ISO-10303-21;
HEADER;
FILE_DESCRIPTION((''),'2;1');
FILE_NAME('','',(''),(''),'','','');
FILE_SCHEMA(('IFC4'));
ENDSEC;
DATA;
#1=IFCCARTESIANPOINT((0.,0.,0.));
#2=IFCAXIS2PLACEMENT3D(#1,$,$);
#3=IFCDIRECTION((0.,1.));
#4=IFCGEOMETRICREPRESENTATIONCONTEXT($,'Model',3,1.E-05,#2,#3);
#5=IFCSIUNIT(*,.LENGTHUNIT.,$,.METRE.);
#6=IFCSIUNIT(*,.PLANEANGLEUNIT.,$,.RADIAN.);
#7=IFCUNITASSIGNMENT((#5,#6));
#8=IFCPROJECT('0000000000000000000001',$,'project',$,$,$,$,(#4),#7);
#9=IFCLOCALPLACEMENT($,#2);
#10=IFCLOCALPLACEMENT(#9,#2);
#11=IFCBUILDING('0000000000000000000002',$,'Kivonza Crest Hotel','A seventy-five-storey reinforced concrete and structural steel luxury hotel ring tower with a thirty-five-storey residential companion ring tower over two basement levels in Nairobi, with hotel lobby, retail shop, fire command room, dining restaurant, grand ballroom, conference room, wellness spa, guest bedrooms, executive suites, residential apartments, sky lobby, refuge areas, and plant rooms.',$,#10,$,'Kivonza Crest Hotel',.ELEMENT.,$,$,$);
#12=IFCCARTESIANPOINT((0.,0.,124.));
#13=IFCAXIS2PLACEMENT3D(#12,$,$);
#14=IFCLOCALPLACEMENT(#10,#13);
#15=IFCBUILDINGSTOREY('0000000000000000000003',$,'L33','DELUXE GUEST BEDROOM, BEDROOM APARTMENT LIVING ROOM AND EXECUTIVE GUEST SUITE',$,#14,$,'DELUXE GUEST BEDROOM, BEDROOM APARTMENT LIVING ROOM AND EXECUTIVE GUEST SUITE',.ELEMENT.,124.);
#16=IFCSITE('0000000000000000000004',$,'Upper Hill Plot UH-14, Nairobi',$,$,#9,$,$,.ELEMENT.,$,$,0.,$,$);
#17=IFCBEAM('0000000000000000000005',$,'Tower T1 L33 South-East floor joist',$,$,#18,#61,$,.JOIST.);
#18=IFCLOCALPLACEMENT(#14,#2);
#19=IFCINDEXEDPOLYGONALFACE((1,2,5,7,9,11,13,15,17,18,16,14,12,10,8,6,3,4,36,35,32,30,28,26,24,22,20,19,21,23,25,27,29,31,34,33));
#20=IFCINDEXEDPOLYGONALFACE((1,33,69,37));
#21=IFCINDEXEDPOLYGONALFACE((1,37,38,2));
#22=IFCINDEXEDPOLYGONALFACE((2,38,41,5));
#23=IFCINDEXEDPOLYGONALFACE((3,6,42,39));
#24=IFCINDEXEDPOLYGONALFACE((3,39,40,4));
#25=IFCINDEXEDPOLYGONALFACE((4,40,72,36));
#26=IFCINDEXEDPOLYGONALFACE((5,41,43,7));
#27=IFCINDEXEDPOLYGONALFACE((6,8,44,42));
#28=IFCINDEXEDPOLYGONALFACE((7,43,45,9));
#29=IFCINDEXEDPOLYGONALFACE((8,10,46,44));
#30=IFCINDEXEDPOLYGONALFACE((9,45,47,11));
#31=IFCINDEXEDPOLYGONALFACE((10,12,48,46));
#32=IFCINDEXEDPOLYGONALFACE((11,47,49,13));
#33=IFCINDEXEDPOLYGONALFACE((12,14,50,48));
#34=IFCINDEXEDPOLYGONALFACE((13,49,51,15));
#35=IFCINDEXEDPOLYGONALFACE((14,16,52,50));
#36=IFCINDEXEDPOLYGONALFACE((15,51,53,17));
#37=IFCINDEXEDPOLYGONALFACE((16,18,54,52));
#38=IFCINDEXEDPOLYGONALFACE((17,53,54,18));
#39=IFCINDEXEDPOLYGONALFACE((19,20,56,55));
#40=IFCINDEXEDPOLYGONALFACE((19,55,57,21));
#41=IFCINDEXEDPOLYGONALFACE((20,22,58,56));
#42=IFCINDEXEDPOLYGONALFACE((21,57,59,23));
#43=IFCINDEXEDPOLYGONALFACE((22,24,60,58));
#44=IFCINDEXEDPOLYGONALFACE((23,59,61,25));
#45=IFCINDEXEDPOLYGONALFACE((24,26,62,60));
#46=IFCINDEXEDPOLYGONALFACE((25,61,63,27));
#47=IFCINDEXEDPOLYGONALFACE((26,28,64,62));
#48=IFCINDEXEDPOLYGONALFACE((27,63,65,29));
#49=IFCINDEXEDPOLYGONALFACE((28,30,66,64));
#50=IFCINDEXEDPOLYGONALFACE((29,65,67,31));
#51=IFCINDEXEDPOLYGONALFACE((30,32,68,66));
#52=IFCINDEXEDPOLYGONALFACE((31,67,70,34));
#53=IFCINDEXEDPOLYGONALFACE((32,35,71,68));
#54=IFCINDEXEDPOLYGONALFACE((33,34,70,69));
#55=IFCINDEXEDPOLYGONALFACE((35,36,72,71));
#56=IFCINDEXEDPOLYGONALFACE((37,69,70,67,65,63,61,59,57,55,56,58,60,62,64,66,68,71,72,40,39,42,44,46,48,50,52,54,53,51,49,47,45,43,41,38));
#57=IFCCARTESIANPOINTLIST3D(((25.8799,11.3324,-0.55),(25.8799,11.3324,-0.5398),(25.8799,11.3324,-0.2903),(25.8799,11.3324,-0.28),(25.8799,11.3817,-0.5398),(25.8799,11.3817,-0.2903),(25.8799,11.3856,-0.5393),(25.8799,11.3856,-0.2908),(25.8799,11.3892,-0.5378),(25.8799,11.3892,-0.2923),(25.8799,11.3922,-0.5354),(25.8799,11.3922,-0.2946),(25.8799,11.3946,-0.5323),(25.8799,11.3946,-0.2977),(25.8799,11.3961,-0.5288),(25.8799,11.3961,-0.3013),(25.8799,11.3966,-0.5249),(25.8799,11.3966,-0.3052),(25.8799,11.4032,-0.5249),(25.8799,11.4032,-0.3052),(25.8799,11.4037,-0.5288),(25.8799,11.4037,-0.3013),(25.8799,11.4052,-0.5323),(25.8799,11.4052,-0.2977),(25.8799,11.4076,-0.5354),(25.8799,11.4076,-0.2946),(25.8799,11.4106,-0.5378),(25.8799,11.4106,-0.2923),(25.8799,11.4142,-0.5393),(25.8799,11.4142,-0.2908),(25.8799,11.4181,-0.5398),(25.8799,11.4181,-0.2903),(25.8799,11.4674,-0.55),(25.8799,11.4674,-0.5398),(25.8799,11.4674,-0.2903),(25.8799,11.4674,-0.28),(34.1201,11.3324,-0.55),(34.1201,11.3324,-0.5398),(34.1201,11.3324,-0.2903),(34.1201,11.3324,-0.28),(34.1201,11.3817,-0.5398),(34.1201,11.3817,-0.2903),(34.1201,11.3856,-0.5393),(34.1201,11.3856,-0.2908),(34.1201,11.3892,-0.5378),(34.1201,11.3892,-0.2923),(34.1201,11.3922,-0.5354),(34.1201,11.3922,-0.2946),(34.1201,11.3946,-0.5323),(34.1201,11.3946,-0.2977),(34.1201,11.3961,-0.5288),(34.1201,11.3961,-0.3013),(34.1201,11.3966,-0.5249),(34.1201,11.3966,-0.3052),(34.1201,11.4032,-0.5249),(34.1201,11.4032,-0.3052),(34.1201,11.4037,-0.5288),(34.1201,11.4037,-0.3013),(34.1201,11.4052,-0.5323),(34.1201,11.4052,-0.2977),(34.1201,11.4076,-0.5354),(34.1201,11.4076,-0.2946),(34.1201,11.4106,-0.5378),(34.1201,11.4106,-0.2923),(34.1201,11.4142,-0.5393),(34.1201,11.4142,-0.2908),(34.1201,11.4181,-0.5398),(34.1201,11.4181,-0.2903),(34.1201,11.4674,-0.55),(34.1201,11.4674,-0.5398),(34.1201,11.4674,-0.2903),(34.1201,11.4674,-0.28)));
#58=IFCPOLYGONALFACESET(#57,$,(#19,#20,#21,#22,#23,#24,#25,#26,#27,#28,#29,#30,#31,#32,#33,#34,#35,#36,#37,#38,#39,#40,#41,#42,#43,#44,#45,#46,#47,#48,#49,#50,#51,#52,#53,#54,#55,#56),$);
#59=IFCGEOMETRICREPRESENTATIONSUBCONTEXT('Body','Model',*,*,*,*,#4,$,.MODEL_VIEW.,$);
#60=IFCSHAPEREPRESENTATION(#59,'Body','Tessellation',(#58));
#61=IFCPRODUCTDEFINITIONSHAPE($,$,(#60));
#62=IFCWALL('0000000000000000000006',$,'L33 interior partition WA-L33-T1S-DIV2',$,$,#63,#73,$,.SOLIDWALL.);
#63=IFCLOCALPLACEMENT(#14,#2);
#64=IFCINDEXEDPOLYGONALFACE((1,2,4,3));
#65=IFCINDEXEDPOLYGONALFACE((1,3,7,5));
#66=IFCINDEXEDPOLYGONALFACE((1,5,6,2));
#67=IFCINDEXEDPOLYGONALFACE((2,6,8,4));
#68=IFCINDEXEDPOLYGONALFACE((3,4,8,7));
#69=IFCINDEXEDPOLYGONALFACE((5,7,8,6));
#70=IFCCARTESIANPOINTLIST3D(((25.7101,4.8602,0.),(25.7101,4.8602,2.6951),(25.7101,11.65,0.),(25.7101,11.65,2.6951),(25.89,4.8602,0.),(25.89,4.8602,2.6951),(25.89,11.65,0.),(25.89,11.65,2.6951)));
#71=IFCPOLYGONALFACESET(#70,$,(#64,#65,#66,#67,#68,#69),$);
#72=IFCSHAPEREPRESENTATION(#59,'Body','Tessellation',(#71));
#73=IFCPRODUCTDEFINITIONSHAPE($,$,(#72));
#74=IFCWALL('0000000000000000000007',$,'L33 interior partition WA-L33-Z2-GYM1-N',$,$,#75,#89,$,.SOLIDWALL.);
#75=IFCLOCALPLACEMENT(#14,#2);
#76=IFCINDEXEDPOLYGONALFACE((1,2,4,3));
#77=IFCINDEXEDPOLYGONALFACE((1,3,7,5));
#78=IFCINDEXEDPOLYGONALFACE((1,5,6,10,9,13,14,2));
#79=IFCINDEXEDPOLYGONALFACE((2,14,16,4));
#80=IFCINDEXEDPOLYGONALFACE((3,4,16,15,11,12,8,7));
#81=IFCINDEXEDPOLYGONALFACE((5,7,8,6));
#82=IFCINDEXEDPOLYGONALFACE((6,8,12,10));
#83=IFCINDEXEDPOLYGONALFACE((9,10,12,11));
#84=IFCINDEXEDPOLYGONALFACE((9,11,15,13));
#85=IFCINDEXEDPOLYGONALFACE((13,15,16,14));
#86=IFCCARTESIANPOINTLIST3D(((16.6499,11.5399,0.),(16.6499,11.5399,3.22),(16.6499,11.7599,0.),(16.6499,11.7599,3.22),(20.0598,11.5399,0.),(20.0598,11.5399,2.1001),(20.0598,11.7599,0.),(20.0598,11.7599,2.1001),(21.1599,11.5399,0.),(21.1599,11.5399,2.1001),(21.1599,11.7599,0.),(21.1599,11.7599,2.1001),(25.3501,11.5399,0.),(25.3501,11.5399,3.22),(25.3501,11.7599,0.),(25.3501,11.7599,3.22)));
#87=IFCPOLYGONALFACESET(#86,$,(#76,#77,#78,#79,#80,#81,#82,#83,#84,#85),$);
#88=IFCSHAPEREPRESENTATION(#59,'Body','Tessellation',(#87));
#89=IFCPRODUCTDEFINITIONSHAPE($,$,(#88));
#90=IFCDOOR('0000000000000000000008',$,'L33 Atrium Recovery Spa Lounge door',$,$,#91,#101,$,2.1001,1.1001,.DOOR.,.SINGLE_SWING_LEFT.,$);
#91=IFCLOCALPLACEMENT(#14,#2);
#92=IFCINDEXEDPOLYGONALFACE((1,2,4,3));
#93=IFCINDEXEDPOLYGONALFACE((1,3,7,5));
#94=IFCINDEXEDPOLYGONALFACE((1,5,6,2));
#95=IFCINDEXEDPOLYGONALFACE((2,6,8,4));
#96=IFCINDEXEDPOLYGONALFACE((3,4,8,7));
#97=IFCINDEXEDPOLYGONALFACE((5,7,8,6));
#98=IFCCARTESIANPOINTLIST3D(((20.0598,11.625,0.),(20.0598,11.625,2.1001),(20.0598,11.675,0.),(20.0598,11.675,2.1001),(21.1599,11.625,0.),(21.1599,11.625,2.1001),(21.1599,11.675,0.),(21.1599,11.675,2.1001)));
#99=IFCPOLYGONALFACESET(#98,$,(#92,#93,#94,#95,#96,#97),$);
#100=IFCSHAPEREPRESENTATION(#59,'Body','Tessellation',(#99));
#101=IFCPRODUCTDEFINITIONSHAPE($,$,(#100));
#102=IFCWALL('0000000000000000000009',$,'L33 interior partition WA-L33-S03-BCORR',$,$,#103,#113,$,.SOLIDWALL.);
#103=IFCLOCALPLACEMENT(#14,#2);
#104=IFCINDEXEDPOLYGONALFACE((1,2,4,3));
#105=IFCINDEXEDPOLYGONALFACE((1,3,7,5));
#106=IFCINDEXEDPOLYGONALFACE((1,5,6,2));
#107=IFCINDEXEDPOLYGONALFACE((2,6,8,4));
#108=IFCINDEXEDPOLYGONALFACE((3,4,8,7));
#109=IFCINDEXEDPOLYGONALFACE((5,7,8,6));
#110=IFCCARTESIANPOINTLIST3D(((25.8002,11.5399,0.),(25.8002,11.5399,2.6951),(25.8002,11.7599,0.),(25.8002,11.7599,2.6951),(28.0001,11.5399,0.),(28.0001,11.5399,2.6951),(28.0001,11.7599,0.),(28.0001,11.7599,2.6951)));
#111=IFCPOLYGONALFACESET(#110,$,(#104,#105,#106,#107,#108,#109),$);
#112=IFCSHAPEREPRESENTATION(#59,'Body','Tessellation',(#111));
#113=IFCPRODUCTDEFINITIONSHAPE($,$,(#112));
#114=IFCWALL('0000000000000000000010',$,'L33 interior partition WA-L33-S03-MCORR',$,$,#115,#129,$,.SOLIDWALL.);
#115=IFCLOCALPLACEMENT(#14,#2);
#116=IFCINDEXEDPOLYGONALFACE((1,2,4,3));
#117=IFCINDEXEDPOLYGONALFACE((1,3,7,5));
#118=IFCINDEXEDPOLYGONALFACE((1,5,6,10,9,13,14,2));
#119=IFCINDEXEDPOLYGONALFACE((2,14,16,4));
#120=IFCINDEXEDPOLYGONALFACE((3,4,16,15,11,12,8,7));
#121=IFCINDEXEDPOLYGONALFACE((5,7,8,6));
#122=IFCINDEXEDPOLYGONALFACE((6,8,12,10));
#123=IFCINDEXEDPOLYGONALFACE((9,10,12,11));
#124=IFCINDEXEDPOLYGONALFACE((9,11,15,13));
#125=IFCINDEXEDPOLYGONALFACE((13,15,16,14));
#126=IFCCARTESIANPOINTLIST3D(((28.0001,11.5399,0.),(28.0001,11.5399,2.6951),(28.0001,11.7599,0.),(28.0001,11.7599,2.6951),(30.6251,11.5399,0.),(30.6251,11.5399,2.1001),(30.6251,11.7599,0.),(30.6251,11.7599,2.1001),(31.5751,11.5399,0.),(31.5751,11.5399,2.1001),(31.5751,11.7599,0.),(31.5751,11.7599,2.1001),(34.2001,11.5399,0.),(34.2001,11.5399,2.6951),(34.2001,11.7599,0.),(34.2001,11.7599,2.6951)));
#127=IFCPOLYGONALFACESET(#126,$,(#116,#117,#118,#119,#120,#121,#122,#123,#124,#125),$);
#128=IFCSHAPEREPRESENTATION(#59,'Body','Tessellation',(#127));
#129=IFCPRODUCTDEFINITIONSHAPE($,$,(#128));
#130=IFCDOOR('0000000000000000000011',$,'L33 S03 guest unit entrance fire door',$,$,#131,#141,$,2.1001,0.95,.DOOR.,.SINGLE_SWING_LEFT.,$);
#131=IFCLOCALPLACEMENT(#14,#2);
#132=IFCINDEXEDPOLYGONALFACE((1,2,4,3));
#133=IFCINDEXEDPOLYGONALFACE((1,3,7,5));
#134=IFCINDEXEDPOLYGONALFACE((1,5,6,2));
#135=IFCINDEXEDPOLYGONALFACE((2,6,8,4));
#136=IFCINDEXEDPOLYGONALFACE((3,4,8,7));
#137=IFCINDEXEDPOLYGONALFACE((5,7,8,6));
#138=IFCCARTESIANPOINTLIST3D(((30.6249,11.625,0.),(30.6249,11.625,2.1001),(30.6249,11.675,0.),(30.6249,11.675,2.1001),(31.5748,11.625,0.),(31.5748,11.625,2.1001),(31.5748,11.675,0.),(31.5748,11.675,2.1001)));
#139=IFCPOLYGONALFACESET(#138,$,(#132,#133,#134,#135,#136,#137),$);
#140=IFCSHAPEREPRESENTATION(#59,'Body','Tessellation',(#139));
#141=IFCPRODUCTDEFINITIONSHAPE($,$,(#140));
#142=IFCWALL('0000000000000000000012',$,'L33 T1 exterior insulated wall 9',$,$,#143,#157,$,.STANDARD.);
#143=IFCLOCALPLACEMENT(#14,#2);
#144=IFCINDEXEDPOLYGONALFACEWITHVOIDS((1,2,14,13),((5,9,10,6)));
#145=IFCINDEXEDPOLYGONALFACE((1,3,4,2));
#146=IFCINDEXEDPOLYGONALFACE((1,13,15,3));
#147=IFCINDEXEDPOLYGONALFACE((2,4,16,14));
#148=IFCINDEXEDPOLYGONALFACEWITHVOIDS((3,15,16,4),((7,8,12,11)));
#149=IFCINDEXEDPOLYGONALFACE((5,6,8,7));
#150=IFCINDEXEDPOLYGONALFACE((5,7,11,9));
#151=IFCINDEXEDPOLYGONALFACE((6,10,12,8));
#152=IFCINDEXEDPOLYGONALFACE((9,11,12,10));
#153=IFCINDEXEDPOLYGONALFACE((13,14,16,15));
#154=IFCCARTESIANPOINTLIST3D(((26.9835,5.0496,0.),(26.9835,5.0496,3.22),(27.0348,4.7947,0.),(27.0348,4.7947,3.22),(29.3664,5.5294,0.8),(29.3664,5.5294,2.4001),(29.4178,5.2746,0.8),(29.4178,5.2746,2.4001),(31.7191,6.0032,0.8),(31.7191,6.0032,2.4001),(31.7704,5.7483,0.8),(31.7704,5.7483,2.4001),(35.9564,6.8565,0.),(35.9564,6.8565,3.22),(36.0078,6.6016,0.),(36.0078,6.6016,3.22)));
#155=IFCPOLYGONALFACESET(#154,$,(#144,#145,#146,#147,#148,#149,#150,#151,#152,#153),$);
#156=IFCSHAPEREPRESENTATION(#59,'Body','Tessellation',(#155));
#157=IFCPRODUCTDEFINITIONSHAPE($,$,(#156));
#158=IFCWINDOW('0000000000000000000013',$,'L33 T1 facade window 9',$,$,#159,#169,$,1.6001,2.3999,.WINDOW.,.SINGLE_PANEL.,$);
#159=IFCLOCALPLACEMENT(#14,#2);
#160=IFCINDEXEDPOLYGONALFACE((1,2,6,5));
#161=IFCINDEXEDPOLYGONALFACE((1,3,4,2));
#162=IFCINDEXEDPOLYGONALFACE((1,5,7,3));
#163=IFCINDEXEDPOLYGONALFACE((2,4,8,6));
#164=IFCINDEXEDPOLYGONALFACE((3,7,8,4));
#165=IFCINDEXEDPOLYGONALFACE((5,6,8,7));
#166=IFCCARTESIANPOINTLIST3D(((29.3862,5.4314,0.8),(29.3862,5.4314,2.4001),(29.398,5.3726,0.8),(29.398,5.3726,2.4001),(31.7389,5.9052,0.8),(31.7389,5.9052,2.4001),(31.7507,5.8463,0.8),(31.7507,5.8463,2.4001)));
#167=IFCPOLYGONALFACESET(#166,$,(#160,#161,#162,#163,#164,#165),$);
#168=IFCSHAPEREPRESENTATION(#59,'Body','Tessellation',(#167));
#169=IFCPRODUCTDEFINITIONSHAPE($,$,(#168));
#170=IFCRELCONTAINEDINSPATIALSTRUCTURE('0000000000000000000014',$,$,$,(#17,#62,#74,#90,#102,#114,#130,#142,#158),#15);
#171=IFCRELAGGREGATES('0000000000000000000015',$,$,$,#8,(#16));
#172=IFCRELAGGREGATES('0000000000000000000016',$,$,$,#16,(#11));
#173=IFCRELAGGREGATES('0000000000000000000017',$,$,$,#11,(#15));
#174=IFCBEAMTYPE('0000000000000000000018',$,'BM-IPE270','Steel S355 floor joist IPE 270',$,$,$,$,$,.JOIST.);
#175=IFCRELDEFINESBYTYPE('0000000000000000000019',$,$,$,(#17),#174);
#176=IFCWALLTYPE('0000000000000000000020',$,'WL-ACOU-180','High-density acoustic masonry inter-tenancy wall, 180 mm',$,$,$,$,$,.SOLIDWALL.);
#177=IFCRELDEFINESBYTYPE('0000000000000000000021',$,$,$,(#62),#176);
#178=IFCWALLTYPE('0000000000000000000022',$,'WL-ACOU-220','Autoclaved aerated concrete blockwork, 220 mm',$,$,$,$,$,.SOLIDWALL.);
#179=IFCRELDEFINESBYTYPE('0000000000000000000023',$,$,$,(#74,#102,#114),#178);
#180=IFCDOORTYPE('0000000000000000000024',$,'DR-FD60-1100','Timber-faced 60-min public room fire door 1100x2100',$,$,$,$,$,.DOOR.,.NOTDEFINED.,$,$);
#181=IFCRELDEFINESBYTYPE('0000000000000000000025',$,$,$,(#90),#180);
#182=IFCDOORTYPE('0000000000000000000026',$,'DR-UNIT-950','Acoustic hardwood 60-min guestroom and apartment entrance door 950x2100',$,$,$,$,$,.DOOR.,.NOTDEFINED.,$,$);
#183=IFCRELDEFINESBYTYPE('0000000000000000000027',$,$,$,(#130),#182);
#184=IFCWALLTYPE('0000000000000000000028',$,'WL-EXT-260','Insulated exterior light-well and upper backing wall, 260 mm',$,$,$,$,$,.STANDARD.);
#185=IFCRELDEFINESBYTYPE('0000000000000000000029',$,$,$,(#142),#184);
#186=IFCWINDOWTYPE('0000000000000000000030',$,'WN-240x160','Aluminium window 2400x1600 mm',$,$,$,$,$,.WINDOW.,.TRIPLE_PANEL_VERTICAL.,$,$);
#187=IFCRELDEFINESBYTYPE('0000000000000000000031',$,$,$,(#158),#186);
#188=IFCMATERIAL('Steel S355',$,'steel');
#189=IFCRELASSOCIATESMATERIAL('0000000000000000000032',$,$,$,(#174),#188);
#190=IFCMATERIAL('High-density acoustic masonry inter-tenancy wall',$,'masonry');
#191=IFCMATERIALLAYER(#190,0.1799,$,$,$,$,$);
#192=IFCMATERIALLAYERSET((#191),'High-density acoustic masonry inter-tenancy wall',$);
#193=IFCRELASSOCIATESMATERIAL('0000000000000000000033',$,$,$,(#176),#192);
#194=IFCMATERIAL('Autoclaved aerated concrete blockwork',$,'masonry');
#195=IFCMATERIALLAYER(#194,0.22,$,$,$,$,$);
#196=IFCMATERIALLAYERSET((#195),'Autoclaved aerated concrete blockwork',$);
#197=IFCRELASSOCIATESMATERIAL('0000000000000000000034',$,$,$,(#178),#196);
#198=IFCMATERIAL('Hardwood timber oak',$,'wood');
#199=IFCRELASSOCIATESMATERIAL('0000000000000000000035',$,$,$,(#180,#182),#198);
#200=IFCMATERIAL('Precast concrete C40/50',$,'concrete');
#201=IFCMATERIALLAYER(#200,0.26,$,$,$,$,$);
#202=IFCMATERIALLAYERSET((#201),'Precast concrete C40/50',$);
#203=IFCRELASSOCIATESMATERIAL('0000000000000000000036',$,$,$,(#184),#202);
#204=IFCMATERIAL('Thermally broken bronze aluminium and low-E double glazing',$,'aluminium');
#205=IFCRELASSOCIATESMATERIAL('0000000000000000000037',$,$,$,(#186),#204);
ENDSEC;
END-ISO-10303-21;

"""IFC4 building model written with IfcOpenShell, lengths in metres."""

from ifc_helpers import new_model, si_unit, direction, frame, frame_2d, origin, origin_2d, place, context, subcontext, project, spatial, rectangle, i_section, extrude, material, layer, layer_set, material_profile, profile_set, type_object, element, fill, save


model = new_model("IFC4")

# Units and contexts
model_context = context("Model", 3, precision=1e-05, world=origin(), true_north=direction((0.0, 1.0)))
body_context = subcontext(model_context, "Body", "Model", "MODEL_VIEW")
ifc_project = project(units=[si_unit("LENGTHUNIT", "METRE"), si_unit("PLANEANGLEUNIT", "RADIAN")], contexts=[model_context])

# Site, building, storey
site_placement = place(None, origin())
site = spatial("IfcSite", under=ifc_project, at=site_placement, Name="Upper Hill Plot UH-14, Nairobi", CompositionType="ELEMENT", RefElevation=0.0)
building_placement = place(site_placement, origin())
building = spatial("IfcBuilding", under=site, at=building_placement, Name="Kivonza Crest Hotel", Description="A seventy-five-storey reinforced concrete and structural steel luxury hotel ring tower with a thirty-five-storey residential companion ring tower over two basement levels in Nairobi, with hotel lobby, retail shop, fire command room, dining restaurant, grand ballroom, conference room, wellness spa, guest bedrooms, executive suites, residential apartments, sky lobby, refuge areas, and plant rooms.", LongName="Kivonza Crest Hotel", CompositionType="ELEMENT")
storey_placement = place(building_placement, frame((0.0, 0.0, 124.0)))
storey = spatial("IfcBuildingStorey", under=building, at=storey_placement, Name="L33", Description="DELUXE GUEST BEDROOM, BEDROOM APARTMENT LIVING ROOM AND EXECUTIVE GUEST SUITE", LongName="DELUXE GUEST BEDROOM, BEDROOM APARTMENT LIVING ROOM AND EXECUTIVE GUEST SUITE", CompositionType="ELEMENT", Elevation=124.0)

# Beam
ifc_material_1 = material(Name="Steel S355", Category="steel")
ifc_material_profile_1 = material_profile(ifc_material_1, i_section(OverallWidth=0.135, OverallDepth=0.27, WebThickness=0.0066, FlangeThickness=0.0103, FilletRadius=0.0149, at=origin_2d()), Name="IPE 270")
ifc_profile_set_1 = profile_set([ifc_material_profile_1], Name="Steel S355")
beam_type_1 = type_object("IfcBeamType", Name="BM-IPE270", Description="Steel S355 floor joist IPE 270", PredefinedType="JOIST", material=ifc_profile_set_1)
beam_1_placement = place(storey_placement, frame((25.8799, 11.3999, -0.415), z_axis=(1.0, 0.0, 0.0), x_axis=(0.0, 1.0, 0.0)))
element("IfcBeam", 1, at=beam_1_placement, inside=storey, type_object=beam_type_1, Name="Tower T1 L33 South-East floor joist", PredefinedType="JOIST", context=body_context, shape_type="SweptSolid", body=[
    extrude(i_section(OverallWidth=0.135, OverallDepth=0.27, WebThickness=0.0066, FlangeThickness=0.0103, FilletRadius=0.0149, at=origin_2d()), origin(), (0.0, 0.0, 1.0), 8.2402),
])

# Wall
ifc_material_2 = material(Name="High-density acoustic masonry inter-tenancy wall", Category="masonry")
ifc_layer_1 = layer(ifc_material_2, 0.1799)
ifc_layer_set_1 = layer_set([ifc_layer_1], Name="High-density acoustic masonry inter-tenancy wall")
wall_type_1 = type_object("IfcWallType", Name="WL-ACOU-180", Description="High-density acoustic masonry inter-tenancy wall, 180 mm", PredefinedType="SOLIDWALL", material=ifc_layer_set_1)
wall_1_placement = place(storey_placement, frame((25.8, 4.8601, 0.0), z_axis=(0.0, 0.0, 1.0), x_axis=(0.0, 1.0, 0.0)))
element("IfcWall", 2, at=wall_1_placement, inside=storey, type_object=wall_type_1, Name="L33 interior partition WA-L33-T1S-DIV2", PredefinedType="SOLIDWALL", context=body_context, shape_type="SweptSolid", body=[
    extrude(rectangle(XDim=6.7898, YDim=0.1799, at=frame_2d((3.395, 0.0))), origin(), (0.0, 0.0, 1.0), 2.6951),
])

# Wall, opening, door
ifc_material_3 = material(Name="Autoclaved aerated concrete blockwork", Category="masonry")
ifc_layer_2 = layer(ifc_material_3, 0.22)
ifc_layer_set_2 = layer_set([ifc_layer_2], Name="Autoclaved aerated concrete blockwork")
wall_type_2 = type_object("IfcWallType", Name="WL-ACOU-220", Description="Autoclaved aerated concrete blockwork, 220 mm", PredefinedType="SOLIDWALL", material=ifc_layer_set_2)
wall_2_placement = place(storey_placement, frame((16.6499, 11.6499, 0.0), z_axis=(0.0, 0.0, 1.0), x_axis=(1.0, 0.0, 0.0)))
wall_2 = element("IfcWall", 3, at=wall_2_placement, inside=storey, type_object=wall_type_2, Name="L33 interior partition WA-L33-Z2-GYM1-N", PredefinedType="SOLIDWALL", context=body_context, shape_type="SweptSolid", body=[
    extrude(rectangle(XDim=8.7002, YDim=0.22, at=frame_2d((4.3501, 0.0))), origin(), (0.0, 0.0, 1.0), 3.22),
])
opening_1_placement = place(wall_2_placement, frame((3.4099, 0.0, 0.0)))
opening_1 = element("IfcOpeningElement", 4, at=opening_1_placement, cuts=wall_2, PredefinedType="OPENING", context=body_context, shape_type="SweptSolid", body=[
    extrude(rectangle(XDim=1.1001, YDim=2.1001, at=frame_2d((0.55, 1.05))), frame((0.0, 0.1201, 0.0), z_axis=(0.0, -1.0, 0.0), x_axis=(1.0, 0.0, 0.0)), (0.0, 0.0, 1.0), 0.24),
])
ifc_material_4 = material(Name="Hardwood timber oak", Category="wood")
door_type_1 = type_object("IfcDoorType", Name="DR-FD60-1100", Description="Timber-faced 60-min public room fire door 1100x2100", OperationType="NOTDEFINED", PredefinedType="DOOR", material=ifc_material_4)
door_1_placement = place(opening_1_placement, frame((1.1001, 0.0, 0.0), z_axis=(0.0, 0.0, 1.0), x_axis=(-1.0, 0.0, 0.0)))
door_1 = element("IfcDoor", 5, at=door_1_placement, inside=storey, type_object=door_type_1, Name="L33 Atrium Recovery Spa Lounge door", OperationType="SINGLE_SWING_LEFT", OverallHeight=2.1001, OverallWidth=1.1001, PredefinedType="DOOR", context=body_context, shape_type="SweptSolid", body=[
    extrude(rectangle(XDim=1.1001, YDim=2.1001, at=frame_2d((0.55, 1.05))), frame((0.0, 0.0249, 0.0), z_axis=(0.0, -1.0, 0.0), x_axis=(1.0, 0.0, 0.0)), (0.0, 0.0, 1.0), 0.05),
])
fill(opening_1, door_1)

# Wall
wall_3_placement = place(storey_placement, frame((25.8, 11.6499, 0.0), z_axis=(0.0, 0.0, 1.0), x_axis=(1.0, 0.0, 0.0)))
element("IfcWall", 6, at=wall_3_placement, inside=storey, type_object=wall_type_2, Name="L33 interior partition WA-L33-S03-BCORR", PredefinedType="SOLIDWALL", context=body_context, shape_type="SweptSolid", body=[
    extrude(rectangle(XDim=2.2, YDim=0.22, at=frame_2d((1.1001, 0.0))), origin(), (0.0, 0.0, 1.0), 2.6951),
])

# Wall, opening, door
wall_4_placement = place(storey_placement, frame((28.0, 11.6499, 0.0), z_axis=(0.0, 0.0, 1.0), x_axis=(1.0, 0.0, 0.0)))
wall_4 = element("IfcWall", 7, at=wall_4_placement, inside=storey, type_object=wall_type_2, Name="L33 interior partition WA-L33-S03-MCORR", PredefinedType="SOLIDWALL", context=body_context, shape_type="SweptSolid", body=[
    extrude(rectangle(XDim=6.2, YDim=0.22, at=frame_2d((3.1001, 0.0))), origin(), (0.0, 0.0, 1.0), 2.6951),
])
opening_2_placement = place(wall_4_placement, frame((2.625, 0.0, 0.0)))
opening_2 = element("IfcOpeningElement", 8, at=opening_2_placement, cuts=wall_4, PredefinedType="OPENING", context=body_context, shape_type="SweptSolid", body=[
    extrude(rectangle(XDim=0.95, YDim=2.1001, at=frame_2d((0.4751, 1.05))), frame((0.0, 0.1201, 0.0), z_axis=(0.0, -1.0, 0.0), x_axis=(1.0, 0.0, 0.0)), (0.0, 0.0, 1.0), 0.24),
])
door_type_2 = type_object("IfcDoorType", Name="DR-UNIT-950", Description="Acoustic hardwood 60-min guestroom and apartment entrance door 950x2100", OperationType="NOTDEFINED", PredefinedType="DOOR", material=ifc_material_4)
door_2_placement = place(opening_2_placement, frame((0.95, 0.0, 0.0), z_axis=(0.0, 0.0, 1.0), x_axis=(-1.0, 0.0, 0.0)))
door_2 = element("IfcDoor", 9, at=door_2_placement, inside=storey, type_object=door_type_2, Name="L33 S03 guest unit entrance fire door", OperationType="SINGLE_SWING_LEFT", OverallHeight=2.1001, OverallWidth=0.95, PredefinedType="DOOR", context=body_context, shape_type="SweptSolid", body=[
    extrude(rectangle(XDim=0.95, YDim=2.1001, at=frame_2d((0.4751, 1.05))), frame((0.0, 0.0249, 0.0), z_axis=(0.0, -1.0, 0.0), x_axis=(1.0, 0.0, 0.0)), (0.0, 0.0, 1.0), 0.05),
])
fill(opening_2, door_2)

# Wall, opening, window
ifc_material_5 = material(Name="Precast concrete C40/50", Category="concrete")
ifc_layer_3 = layer(ifc_material_5, 0.26)
ifc_layer_set_3 = layer_set([ifc_layer_3], Name="Precast concrete C40/50")
wall_type_3 = type_object("IfcWallType", Name="WL-EXT-260", Description="Insulated exterior light-well and upper backing wall, 260 mm", PredefinedType="STANDARD", material=ifc_layer_set_3)
wall_5_placement = place(storey_placement, frame((27.009, 4.9221, 0.0), z_axis=(0.0, 0.0, 1.0), x_axis=(0.980321, 0.197409, 0.0)))
wall_5 = element("IfcWall", 10, at=wall_5_placement, inside=storey, type_object=wall_type_3, Name="L33 T1 exterior insulated wall 9", PredefinedType="STANDARD", context=body_context, shape_type="SweptSolid", body=[
    extrude(rectangle(XDim=9.1531, YDim=0.26, at=frame_2d((4.5767, 0.0))), origin(), (0.0, 0.0, 1.0), 3.22),
])
opening_3_placement = place(wall_5_placement, frame((2.4309, 0.0, 0.8)))
opening_3 = element("IfcOpeningElement", 11, at=opening_3_placement, cuts=wall_5, PredefinedType="OPENING", context=body_context, shape_type="SweptSolid", body=[
    extrude(rectangle(XDim=2.3999, YDim=1.6001, at=frame_2d((1.2, 0.8))), frame((0.0, 0.1401, 0.0), z_axis=(0.0, -1.0, 0.0), x_axis=(1.0, 0.0, 0.0)), (0.0, 0.0, 1.0), 0.28),
])
ifc_material_6 = material(Name="Thermally broken bronze aluminium and low-E double glazing", Category="aluminium")
window_type = type_object("IfcWindowType", Name="WN-240x160", Description="Aluminium window 2400x1600 mm", PartitioningType="TRIPLE_PANEL_VERTICAL", PredefinedType="WINDOW", material=ifc_material_6)
window_placement = place(opening_3_placement, origin())
window = element("IfcWindow", 12, at=window_placement, inside=storey, type_object=window_type, Name="L33 T1 facade window 9", OverallHeight=1.6001, OverallWidth=2.3999, PartitioningType="SINGLE_PANEL", PredefinedType="WINDOW", context=body_context, shape_type="SweptSolid", body=[
    extrude(rectangle(XDim=2.3999, YDim=1.6001, at=frame_2d((1.2, 0.8))), frame((0.0, 0.03, 0.0), z_axis=(0.0, -1.0, 0.0), x_axis=(1.0, 0.0, 0.0)), (0.0, 0.0, 1.0), 0.0601),
])
fill(opening_3, window)

save(model, "model.ifc")
